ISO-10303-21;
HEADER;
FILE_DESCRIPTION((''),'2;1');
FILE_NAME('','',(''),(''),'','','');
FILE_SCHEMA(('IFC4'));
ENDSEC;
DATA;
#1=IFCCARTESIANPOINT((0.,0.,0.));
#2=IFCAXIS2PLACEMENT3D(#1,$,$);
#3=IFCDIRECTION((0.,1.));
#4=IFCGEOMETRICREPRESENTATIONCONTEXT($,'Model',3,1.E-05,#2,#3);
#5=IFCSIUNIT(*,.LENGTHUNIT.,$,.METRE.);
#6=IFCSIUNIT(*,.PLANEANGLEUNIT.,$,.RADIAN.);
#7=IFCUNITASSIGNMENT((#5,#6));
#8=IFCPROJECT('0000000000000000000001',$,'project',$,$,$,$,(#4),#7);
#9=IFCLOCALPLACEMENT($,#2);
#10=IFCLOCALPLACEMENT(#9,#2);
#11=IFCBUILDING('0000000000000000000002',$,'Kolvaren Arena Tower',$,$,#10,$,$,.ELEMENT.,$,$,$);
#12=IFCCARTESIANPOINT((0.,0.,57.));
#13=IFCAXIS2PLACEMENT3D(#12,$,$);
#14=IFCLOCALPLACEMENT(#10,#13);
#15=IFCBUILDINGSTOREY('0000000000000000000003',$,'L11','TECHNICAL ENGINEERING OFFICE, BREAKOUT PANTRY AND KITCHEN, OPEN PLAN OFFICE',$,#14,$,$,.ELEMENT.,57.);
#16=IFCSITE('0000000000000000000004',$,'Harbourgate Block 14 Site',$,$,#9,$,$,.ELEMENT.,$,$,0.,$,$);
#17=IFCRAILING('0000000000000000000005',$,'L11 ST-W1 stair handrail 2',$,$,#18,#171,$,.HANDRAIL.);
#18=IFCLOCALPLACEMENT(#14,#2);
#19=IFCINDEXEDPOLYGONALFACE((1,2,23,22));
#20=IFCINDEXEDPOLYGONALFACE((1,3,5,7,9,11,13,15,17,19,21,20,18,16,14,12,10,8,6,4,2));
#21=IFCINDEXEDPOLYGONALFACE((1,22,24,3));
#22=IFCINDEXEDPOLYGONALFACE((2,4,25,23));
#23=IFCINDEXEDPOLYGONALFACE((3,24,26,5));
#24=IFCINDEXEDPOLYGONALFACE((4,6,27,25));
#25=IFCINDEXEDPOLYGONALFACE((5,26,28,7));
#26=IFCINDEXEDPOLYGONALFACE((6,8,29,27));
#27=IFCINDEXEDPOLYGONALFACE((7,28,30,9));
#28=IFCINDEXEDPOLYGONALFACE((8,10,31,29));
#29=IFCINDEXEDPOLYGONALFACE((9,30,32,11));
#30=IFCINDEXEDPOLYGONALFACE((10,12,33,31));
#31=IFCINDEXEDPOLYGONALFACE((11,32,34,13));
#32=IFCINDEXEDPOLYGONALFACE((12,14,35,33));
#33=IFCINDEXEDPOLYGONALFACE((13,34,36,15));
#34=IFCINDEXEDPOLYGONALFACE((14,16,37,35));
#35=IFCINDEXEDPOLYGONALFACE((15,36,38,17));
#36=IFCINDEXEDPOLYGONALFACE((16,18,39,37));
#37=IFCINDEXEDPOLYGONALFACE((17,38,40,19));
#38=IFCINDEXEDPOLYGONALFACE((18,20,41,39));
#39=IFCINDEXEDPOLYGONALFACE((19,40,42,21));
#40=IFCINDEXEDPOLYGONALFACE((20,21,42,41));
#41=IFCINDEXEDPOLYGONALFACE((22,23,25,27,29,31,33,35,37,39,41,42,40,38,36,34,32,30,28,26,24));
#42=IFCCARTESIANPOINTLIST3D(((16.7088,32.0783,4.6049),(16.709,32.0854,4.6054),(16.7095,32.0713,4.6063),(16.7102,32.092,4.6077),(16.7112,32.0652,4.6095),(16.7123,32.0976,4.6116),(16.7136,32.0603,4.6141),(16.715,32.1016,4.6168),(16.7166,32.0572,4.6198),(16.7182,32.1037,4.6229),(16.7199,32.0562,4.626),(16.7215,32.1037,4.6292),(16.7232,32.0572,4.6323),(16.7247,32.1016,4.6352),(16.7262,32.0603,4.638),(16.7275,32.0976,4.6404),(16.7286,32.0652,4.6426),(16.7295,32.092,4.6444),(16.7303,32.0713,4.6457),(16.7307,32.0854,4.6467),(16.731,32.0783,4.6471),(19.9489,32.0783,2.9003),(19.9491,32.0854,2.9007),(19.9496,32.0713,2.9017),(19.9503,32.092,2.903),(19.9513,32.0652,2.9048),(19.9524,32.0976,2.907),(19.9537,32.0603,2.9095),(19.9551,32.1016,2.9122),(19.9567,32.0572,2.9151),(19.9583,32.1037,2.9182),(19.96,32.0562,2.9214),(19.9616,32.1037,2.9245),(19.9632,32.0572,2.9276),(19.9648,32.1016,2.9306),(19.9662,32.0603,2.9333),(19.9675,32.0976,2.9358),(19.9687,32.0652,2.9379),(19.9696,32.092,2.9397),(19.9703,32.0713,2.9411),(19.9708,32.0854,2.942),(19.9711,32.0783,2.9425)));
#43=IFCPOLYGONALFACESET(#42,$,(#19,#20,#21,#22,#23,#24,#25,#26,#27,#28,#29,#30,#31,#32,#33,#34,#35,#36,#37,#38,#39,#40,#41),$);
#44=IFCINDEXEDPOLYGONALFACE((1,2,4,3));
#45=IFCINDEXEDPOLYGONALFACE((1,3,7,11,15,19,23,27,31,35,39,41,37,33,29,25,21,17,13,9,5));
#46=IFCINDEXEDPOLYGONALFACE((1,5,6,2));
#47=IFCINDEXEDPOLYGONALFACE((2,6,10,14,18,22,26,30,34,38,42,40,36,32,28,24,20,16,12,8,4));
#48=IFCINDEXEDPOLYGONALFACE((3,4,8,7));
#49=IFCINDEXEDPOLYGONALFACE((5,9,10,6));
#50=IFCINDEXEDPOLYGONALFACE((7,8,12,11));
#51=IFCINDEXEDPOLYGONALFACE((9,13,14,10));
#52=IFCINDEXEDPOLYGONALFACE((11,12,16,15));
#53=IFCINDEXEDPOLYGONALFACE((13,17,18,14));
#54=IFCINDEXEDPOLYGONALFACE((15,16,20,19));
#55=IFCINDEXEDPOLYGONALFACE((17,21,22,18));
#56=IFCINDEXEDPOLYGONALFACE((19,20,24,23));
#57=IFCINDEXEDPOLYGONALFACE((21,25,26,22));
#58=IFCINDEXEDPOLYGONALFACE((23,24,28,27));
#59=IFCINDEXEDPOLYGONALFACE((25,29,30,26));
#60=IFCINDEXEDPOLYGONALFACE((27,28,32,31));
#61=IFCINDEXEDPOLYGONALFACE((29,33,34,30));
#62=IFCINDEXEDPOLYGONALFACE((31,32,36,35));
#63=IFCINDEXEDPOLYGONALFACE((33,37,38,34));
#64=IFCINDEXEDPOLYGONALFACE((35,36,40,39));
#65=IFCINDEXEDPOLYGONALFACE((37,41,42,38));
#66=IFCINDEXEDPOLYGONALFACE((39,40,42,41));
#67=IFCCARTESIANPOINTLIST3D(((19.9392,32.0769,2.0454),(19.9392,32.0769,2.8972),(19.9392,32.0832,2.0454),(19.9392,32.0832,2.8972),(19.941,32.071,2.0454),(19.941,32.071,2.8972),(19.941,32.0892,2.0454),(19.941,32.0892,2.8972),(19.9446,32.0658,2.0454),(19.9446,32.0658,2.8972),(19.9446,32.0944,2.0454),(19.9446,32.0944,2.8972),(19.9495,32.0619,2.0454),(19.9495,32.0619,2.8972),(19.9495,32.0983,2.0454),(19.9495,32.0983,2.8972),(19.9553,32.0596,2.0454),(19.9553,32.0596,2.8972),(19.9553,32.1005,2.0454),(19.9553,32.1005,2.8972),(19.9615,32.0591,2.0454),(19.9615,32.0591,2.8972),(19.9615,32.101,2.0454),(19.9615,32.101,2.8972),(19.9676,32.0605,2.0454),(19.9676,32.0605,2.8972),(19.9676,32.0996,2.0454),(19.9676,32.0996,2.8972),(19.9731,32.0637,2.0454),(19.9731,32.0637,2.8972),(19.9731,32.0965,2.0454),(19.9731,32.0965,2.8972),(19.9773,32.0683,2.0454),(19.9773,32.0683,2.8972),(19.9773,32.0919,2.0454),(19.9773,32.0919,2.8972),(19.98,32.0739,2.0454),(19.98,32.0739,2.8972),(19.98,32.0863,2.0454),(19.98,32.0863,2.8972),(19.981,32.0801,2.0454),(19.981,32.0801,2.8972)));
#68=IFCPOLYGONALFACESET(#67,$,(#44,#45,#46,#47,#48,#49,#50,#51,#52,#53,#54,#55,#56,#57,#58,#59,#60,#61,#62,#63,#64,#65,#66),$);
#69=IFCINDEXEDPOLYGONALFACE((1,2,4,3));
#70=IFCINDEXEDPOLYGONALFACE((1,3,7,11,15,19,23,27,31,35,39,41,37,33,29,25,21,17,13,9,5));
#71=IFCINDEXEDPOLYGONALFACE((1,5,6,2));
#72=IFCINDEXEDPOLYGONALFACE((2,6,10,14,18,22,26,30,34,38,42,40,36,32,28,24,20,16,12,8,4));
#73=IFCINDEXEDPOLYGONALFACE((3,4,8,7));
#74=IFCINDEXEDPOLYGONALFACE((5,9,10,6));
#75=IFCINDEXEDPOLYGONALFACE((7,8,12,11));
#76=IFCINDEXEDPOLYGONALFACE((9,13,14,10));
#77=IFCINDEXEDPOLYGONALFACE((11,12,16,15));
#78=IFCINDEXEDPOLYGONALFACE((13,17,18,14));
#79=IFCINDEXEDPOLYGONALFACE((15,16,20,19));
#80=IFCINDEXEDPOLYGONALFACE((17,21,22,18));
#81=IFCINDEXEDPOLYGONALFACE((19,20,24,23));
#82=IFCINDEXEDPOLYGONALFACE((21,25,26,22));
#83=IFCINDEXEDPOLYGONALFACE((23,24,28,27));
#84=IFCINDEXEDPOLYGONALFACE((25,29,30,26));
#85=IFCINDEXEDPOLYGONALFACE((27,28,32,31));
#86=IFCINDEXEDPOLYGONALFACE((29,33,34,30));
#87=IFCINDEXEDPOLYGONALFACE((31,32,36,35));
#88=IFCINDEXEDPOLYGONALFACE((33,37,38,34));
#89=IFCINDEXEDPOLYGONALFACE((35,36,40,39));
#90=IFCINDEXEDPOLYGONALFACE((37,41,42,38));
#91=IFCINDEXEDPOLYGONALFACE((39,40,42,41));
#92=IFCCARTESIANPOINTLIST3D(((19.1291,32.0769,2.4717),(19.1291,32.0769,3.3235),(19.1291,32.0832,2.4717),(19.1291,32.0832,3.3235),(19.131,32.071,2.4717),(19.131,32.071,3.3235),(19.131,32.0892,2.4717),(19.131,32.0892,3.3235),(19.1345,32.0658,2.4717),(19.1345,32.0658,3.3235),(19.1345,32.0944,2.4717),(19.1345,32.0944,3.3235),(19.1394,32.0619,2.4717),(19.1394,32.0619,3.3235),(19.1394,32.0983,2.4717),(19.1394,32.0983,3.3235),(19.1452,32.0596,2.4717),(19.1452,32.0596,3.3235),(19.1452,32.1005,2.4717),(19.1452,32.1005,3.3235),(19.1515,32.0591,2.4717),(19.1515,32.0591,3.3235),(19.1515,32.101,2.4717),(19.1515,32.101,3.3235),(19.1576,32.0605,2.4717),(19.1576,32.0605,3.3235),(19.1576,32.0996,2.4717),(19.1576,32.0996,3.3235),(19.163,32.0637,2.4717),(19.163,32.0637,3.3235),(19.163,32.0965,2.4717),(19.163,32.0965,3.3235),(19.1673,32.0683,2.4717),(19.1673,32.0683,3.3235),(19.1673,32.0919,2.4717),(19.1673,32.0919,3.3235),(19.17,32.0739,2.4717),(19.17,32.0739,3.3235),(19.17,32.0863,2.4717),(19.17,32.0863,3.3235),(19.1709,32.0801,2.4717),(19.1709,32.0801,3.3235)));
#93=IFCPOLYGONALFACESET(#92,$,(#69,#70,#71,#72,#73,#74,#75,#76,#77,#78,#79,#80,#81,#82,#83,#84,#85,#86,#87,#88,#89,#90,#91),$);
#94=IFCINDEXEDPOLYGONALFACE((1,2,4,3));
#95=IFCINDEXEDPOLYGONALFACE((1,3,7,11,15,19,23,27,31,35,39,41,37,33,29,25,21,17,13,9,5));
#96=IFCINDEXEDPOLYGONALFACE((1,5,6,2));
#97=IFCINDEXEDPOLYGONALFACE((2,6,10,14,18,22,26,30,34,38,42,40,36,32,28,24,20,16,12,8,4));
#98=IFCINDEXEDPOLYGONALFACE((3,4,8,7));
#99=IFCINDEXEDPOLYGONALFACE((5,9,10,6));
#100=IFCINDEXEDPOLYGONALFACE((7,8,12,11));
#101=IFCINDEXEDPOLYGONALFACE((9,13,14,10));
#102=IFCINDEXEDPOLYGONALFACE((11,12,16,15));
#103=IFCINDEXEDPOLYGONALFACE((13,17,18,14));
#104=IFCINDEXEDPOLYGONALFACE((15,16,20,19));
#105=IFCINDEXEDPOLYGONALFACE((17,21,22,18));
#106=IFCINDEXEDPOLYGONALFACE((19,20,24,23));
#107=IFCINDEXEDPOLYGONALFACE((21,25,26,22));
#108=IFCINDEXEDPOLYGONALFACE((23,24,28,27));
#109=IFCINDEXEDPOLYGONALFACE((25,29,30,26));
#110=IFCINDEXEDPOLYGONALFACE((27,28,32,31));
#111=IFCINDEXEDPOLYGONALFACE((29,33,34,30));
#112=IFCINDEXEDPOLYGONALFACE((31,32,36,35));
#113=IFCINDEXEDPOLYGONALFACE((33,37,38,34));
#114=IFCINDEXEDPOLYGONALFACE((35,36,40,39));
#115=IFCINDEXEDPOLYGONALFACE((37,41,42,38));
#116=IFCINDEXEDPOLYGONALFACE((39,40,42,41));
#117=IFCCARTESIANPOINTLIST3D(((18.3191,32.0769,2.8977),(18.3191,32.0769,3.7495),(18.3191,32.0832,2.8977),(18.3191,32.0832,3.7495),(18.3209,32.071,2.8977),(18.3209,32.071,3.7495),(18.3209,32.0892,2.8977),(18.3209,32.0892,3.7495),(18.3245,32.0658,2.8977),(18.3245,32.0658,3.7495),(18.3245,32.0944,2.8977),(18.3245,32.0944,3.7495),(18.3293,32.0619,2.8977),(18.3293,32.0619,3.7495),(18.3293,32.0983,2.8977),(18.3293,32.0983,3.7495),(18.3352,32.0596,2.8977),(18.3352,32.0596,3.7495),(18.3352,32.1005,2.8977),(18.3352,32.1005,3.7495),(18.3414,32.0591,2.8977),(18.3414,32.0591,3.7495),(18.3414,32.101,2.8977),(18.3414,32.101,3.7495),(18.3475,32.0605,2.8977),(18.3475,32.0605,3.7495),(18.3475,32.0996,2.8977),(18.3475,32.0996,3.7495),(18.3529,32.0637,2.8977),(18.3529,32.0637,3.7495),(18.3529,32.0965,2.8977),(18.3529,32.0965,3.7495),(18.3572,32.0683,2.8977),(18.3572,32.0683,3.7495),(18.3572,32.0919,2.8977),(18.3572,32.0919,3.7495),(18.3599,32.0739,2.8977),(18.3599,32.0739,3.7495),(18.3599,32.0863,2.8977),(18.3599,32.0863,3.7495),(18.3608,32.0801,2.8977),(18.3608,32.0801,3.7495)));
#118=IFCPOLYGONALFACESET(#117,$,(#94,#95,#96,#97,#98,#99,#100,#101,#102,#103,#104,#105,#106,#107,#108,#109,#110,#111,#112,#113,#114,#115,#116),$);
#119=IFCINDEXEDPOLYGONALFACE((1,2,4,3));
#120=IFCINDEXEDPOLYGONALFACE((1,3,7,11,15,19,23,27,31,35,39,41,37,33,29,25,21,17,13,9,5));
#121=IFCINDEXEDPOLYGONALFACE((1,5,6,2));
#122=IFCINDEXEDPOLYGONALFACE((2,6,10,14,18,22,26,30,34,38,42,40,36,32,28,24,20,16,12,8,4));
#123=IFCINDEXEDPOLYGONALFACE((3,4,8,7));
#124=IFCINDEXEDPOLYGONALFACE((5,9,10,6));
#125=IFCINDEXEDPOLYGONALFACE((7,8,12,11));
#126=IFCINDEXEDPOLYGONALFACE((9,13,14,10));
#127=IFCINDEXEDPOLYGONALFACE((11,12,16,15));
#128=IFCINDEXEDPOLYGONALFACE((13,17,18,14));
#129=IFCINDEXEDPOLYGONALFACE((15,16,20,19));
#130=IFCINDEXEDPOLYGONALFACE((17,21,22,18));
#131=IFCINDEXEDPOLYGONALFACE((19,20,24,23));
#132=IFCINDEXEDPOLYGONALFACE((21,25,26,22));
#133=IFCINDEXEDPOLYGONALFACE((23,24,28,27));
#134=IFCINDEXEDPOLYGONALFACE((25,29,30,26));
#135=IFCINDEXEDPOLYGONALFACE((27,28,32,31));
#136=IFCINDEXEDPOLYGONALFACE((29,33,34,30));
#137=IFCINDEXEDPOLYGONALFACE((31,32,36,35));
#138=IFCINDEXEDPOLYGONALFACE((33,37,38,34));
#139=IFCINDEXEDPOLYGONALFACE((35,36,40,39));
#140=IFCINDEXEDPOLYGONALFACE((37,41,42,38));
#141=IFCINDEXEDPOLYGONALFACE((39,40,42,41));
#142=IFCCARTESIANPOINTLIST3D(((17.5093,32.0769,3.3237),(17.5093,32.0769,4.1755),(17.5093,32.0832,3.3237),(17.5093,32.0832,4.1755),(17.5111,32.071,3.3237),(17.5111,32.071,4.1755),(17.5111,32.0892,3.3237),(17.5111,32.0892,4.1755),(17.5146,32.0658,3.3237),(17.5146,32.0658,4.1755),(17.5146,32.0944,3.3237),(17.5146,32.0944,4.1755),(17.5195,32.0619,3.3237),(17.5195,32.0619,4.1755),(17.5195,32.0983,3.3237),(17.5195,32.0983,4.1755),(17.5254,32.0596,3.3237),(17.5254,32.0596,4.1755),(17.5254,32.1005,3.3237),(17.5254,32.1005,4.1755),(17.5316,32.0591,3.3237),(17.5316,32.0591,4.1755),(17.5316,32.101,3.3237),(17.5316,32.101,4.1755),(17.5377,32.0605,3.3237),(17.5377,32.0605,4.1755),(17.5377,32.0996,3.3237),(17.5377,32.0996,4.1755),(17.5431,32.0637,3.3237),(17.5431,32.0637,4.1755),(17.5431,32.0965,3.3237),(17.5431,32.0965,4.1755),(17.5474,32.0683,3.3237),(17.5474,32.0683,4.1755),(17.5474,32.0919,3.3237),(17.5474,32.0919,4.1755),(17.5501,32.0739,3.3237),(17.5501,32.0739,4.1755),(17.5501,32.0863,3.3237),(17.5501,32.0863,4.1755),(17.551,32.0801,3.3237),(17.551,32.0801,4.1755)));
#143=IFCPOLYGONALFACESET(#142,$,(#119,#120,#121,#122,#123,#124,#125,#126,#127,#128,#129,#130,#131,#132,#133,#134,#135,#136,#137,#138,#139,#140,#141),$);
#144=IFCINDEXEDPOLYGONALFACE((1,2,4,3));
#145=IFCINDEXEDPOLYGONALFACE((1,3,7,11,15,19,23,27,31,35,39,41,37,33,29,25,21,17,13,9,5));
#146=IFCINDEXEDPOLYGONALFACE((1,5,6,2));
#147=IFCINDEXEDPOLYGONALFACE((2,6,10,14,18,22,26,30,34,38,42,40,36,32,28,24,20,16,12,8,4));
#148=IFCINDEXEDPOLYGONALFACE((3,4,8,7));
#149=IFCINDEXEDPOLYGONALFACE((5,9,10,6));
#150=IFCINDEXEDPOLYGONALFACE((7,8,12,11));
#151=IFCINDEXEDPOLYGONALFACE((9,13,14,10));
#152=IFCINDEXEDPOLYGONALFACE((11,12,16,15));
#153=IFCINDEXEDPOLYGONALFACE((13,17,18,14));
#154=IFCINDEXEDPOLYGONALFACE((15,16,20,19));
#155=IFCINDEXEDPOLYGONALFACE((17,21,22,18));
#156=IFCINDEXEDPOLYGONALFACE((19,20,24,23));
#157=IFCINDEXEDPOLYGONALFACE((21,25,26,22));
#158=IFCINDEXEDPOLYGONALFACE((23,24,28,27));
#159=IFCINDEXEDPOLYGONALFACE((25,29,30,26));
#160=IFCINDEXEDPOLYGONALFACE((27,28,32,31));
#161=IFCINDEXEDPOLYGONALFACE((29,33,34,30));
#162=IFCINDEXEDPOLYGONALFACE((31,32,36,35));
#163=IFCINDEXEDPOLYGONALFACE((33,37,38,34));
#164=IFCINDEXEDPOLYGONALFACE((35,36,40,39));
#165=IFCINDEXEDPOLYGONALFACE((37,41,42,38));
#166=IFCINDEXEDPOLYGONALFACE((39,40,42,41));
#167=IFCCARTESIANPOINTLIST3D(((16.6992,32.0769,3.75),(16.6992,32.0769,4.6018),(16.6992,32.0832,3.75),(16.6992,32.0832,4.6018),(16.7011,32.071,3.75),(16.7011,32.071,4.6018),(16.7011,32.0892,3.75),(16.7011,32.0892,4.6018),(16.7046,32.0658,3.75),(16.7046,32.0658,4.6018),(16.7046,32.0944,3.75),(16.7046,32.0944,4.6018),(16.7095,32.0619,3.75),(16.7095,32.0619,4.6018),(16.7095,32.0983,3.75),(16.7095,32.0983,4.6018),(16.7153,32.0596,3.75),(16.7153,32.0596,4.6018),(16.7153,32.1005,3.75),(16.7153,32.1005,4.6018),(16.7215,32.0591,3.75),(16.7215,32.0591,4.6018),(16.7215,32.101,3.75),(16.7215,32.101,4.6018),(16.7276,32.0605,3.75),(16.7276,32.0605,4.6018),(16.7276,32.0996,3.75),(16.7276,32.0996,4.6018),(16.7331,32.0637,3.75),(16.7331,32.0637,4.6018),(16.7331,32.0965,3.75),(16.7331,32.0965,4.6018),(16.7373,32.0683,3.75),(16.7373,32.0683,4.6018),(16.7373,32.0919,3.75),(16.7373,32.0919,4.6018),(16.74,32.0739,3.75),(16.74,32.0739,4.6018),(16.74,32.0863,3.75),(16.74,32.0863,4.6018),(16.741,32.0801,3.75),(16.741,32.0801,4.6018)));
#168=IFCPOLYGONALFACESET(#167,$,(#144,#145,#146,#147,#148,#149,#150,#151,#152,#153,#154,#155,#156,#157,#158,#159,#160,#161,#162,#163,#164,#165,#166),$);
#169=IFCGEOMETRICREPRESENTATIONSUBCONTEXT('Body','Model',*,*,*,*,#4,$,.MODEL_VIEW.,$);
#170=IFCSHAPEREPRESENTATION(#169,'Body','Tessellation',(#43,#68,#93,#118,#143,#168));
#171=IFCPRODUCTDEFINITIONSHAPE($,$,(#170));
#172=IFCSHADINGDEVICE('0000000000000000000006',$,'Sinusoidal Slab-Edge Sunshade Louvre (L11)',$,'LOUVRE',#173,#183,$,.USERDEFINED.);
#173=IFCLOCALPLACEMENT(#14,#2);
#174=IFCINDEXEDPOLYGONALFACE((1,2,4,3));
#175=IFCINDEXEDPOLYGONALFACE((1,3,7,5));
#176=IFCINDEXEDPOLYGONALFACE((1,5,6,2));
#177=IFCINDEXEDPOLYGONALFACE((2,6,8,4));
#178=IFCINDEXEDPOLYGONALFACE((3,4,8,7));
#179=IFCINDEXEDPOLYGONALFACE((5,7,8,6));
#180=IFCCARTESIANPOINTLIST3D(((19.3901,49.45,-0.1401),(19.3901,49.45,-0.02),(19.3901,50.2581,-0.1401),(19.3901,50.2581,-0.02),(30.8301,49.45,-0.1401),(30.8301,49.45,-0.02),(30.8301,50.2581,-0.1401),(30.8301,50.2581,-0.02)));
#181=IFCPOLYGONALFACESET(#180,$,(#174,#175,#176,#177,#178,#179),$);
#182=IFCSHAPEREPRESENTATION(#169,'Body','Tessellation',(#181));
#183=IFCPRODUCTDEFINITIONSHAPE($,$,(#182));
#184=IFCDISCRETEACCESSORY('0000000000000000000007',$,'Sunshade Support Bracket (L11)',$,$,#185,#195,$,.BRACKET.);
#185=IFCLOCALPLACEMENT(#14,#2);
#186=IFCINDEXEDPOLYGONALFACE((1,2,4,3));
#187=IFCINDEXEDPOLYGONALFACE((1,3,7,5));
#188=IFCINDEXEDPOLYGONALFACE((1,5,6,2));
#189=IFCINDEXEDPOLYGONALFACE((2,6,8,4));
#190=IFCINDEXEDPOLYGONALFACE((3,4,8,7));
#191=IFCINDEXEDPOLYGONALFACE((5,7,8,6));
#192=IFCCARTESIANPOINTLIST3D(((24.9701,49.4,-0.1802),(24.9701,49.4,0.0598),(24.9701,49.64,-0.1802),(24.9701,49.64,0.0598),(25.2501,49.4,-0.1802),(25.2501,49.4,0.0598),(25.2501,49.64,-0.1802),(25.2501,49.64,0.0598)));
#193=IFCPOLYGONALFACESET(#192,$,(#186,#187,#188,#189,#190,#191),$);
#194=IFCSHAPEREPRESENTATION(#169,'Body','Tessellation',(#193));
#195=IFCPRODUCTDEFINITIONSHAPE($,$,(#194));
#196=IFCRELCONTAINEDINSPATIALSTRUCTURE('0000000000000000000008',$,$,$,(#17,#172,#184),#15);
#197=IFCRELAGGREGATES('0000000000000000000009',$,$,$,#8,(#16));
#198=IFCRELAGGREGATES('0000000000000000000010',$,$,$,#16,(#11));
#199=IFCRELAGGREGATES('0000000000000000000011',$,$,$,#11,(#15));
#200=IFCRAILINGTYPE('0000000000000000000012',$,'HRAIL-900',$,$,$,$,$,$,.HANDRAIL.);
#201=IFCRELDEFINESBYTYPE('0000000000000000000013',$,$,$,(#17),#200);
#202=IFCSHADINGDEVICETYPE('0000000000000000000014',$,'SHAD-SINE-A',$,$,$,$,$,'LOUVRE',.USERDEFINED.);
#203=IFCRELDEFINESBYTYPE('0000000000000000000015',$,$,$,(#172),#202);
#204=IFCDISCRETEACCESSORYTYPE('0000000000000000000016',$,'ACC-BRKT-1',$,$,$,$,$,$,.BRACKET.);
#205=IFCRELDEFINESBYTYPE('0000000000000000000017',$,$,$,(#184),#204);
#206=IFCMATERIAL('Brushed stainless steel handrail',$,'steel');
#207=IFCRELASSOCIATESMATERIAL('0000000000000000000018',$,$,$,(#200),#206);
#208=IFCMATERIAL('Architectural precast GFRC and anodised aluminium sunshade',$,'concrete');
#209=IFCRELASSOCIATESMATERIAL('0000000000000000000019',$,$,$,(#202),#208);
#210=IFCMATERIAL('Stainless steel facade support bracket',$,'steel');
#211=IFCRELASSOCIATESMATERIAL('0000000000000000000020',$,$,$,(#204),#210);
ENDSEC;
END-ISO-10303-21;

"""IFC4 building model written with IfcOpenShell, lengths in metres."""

from ifc_helpers import new_model, si_unit, direction, frame, origin, origin_2d, place, context, subcontext, project, spatial, rectangle, circle, extrude, material, type_object, element, save


model = new_model("IFC4")

# Units and contexts
model_context = context("Model", 3, precision=1e-05, world=origin(), true_north=direction((0.0, 1.0)))
body_context = subcontext(model_context, "Body", "Model", "MODEL_VIEW")
ifc_project = project(units=[si_unit("LENGTHUNIT", "METRE"), si_unit("PLANEANGLEUNIT", "RADIAN")], contexts=[model_context])

# Site, building, storey
site_placement = place(None, origin())
site = spatial("IfcSite", under=ifc_project, at=site_placement, Name="Harbourgate Block 14 Site", CompositionType="ELEMENT", RefElevation=0.0)
building_placement = place(site_placement, origin())
building = spatial("IfcBuilding", under=site, at=building_placement, Name="Kolvaren Arena Tower", CompositionType="ELEMENT")
storey_placement = place(building_placement, frame((0.0, 0.0, 57.0)))
storey = spatial("IfcBuildingStorey", under=building, at=storey_placement, Name="L11", Description="TECHNICAL ENGINEERING OFFICE, BREAKOUT PANTRY AND KITCHEN, OPEN PLAN OFFICE", CompositionType="ELEMENT", Elevation=57.0)

# Railing
ifc_material_1 = material(Name="Brushed stainless steel handrail", Category="steel")
railing_type = type_object("IfcRailingType", Name="HRAIL-900", PredefinedType="HANDRAIL", material=ifc_material_1)
railing_placement = place(storey_placement, frame((19.96, 32.0801, 2.0454)))
element("IfcRailing", 1, at=railing_placement, inside=storey, type_object=railing_type, Name="L11 ST-W1 stair handrail 2", PredefinedType="HANDRAIL", context=body_context, shape_type="SweptSolid", body=[
    extrude(circle(Radius=0.0239, at=origin_2d()), frame((0.0, 0.0, 0.876), z_axis=(-0.884993, 0.0, 0.465604), x_axis=(0.0, -1.0, 0.0)), (0.0, 0.0, 1.0), 3.6611),
    extrude(circle(Radius=0.021, at=origin_2d()), origin(), (0.0, 0.0, 1.0), 0.8518),
    extrude(circle(Radius=0.021, at=origin_2d()), frame((-0.8101, 0.0, 0.4263)), (0.0, 0.0, 1.0), 0.8518),
    extrude(circle(Radius=0.021, at=origin_2d()), frame((-1.6201, 0.0, 0.8523)), (0.0, 0.0, 1.0), 0.8518),
    extrude(circle(Radius=0.021, at=origin_2d()), frame((-2.4299, 0.0, 1.2783)), (0.0, 0.0, 1.0), 0.8518),
    extrude(circle(Radius=0.021, at=origin_2d()), frame((-3.24, 0.0, 1.7046)), (0.0, 0.0, 1.0), 0.8518),
])

# Shading device
ifc_material_2 = material(Name="Architectural precast GFRC and anodised aluminium sunshade", Category="concrete")
shading_device_type = type_object("IfcShadingDeviceType", Name="SHAD-SINE-A", ElementType="LOUVRE", PredefinedType="USERDEFINED", material=ifc_material_2)
shading_device_placement = place(storey_placement, frame((25.1101, 49.854, -0.1401), z_axis=(0.0, 0.0, 1.0), x_axis=(1.0, 0.0, 0.0)))
element("IfcShadingDevice", 2, at=shading_device_placement, inside=storey, type_object=shading_device_type, Name="Sinusoidal Slab-Edge Sunshade Louvre (L11)", ObjectType="LOUVRE", PredefinedType="USERDEFINED", context=body_context, shape_type="SweptSolid", body=[
    extrude(rectangle(XDim=11.4399, YDim=0.8081, at=origin_2d()), origin(), (0.0, 0.0, 1.0), 0.1201),
])

# Discrete accessory
ifc_material_3 = material(Name="Stainless steel facade support bracket", Category="steel")
discrete_accessory_type = type_object("IfcDiscreteAccessoryType", Name="ACC-BRKT-1", PredefinedType="BRACKET", material=ifc_material_3)
discrete_accessory_placement = place(storey_placement, frame((25.1101, 49.52, -0.1802), z_axis=(0.0, 0.0, 1.0), x_axis=(1.0, 0.0, 0.0)))
element("IfcDiscreteAccessory", 3, at=discrete_accessory_placement, inside=storey, type_object=discrete_accessory_type, Name="Sunshade Support Bracket (L11)", PredefinedType="BRACKET", context=body_context, shape_type="SweptSolid", body=[
    extrude(rectangle(XDim=0.28, YDim=0.24, at=origin_2d()), origin(), (0.0, 0.0, 1.0), 0.24),
])

save(model, "model.ifc")
